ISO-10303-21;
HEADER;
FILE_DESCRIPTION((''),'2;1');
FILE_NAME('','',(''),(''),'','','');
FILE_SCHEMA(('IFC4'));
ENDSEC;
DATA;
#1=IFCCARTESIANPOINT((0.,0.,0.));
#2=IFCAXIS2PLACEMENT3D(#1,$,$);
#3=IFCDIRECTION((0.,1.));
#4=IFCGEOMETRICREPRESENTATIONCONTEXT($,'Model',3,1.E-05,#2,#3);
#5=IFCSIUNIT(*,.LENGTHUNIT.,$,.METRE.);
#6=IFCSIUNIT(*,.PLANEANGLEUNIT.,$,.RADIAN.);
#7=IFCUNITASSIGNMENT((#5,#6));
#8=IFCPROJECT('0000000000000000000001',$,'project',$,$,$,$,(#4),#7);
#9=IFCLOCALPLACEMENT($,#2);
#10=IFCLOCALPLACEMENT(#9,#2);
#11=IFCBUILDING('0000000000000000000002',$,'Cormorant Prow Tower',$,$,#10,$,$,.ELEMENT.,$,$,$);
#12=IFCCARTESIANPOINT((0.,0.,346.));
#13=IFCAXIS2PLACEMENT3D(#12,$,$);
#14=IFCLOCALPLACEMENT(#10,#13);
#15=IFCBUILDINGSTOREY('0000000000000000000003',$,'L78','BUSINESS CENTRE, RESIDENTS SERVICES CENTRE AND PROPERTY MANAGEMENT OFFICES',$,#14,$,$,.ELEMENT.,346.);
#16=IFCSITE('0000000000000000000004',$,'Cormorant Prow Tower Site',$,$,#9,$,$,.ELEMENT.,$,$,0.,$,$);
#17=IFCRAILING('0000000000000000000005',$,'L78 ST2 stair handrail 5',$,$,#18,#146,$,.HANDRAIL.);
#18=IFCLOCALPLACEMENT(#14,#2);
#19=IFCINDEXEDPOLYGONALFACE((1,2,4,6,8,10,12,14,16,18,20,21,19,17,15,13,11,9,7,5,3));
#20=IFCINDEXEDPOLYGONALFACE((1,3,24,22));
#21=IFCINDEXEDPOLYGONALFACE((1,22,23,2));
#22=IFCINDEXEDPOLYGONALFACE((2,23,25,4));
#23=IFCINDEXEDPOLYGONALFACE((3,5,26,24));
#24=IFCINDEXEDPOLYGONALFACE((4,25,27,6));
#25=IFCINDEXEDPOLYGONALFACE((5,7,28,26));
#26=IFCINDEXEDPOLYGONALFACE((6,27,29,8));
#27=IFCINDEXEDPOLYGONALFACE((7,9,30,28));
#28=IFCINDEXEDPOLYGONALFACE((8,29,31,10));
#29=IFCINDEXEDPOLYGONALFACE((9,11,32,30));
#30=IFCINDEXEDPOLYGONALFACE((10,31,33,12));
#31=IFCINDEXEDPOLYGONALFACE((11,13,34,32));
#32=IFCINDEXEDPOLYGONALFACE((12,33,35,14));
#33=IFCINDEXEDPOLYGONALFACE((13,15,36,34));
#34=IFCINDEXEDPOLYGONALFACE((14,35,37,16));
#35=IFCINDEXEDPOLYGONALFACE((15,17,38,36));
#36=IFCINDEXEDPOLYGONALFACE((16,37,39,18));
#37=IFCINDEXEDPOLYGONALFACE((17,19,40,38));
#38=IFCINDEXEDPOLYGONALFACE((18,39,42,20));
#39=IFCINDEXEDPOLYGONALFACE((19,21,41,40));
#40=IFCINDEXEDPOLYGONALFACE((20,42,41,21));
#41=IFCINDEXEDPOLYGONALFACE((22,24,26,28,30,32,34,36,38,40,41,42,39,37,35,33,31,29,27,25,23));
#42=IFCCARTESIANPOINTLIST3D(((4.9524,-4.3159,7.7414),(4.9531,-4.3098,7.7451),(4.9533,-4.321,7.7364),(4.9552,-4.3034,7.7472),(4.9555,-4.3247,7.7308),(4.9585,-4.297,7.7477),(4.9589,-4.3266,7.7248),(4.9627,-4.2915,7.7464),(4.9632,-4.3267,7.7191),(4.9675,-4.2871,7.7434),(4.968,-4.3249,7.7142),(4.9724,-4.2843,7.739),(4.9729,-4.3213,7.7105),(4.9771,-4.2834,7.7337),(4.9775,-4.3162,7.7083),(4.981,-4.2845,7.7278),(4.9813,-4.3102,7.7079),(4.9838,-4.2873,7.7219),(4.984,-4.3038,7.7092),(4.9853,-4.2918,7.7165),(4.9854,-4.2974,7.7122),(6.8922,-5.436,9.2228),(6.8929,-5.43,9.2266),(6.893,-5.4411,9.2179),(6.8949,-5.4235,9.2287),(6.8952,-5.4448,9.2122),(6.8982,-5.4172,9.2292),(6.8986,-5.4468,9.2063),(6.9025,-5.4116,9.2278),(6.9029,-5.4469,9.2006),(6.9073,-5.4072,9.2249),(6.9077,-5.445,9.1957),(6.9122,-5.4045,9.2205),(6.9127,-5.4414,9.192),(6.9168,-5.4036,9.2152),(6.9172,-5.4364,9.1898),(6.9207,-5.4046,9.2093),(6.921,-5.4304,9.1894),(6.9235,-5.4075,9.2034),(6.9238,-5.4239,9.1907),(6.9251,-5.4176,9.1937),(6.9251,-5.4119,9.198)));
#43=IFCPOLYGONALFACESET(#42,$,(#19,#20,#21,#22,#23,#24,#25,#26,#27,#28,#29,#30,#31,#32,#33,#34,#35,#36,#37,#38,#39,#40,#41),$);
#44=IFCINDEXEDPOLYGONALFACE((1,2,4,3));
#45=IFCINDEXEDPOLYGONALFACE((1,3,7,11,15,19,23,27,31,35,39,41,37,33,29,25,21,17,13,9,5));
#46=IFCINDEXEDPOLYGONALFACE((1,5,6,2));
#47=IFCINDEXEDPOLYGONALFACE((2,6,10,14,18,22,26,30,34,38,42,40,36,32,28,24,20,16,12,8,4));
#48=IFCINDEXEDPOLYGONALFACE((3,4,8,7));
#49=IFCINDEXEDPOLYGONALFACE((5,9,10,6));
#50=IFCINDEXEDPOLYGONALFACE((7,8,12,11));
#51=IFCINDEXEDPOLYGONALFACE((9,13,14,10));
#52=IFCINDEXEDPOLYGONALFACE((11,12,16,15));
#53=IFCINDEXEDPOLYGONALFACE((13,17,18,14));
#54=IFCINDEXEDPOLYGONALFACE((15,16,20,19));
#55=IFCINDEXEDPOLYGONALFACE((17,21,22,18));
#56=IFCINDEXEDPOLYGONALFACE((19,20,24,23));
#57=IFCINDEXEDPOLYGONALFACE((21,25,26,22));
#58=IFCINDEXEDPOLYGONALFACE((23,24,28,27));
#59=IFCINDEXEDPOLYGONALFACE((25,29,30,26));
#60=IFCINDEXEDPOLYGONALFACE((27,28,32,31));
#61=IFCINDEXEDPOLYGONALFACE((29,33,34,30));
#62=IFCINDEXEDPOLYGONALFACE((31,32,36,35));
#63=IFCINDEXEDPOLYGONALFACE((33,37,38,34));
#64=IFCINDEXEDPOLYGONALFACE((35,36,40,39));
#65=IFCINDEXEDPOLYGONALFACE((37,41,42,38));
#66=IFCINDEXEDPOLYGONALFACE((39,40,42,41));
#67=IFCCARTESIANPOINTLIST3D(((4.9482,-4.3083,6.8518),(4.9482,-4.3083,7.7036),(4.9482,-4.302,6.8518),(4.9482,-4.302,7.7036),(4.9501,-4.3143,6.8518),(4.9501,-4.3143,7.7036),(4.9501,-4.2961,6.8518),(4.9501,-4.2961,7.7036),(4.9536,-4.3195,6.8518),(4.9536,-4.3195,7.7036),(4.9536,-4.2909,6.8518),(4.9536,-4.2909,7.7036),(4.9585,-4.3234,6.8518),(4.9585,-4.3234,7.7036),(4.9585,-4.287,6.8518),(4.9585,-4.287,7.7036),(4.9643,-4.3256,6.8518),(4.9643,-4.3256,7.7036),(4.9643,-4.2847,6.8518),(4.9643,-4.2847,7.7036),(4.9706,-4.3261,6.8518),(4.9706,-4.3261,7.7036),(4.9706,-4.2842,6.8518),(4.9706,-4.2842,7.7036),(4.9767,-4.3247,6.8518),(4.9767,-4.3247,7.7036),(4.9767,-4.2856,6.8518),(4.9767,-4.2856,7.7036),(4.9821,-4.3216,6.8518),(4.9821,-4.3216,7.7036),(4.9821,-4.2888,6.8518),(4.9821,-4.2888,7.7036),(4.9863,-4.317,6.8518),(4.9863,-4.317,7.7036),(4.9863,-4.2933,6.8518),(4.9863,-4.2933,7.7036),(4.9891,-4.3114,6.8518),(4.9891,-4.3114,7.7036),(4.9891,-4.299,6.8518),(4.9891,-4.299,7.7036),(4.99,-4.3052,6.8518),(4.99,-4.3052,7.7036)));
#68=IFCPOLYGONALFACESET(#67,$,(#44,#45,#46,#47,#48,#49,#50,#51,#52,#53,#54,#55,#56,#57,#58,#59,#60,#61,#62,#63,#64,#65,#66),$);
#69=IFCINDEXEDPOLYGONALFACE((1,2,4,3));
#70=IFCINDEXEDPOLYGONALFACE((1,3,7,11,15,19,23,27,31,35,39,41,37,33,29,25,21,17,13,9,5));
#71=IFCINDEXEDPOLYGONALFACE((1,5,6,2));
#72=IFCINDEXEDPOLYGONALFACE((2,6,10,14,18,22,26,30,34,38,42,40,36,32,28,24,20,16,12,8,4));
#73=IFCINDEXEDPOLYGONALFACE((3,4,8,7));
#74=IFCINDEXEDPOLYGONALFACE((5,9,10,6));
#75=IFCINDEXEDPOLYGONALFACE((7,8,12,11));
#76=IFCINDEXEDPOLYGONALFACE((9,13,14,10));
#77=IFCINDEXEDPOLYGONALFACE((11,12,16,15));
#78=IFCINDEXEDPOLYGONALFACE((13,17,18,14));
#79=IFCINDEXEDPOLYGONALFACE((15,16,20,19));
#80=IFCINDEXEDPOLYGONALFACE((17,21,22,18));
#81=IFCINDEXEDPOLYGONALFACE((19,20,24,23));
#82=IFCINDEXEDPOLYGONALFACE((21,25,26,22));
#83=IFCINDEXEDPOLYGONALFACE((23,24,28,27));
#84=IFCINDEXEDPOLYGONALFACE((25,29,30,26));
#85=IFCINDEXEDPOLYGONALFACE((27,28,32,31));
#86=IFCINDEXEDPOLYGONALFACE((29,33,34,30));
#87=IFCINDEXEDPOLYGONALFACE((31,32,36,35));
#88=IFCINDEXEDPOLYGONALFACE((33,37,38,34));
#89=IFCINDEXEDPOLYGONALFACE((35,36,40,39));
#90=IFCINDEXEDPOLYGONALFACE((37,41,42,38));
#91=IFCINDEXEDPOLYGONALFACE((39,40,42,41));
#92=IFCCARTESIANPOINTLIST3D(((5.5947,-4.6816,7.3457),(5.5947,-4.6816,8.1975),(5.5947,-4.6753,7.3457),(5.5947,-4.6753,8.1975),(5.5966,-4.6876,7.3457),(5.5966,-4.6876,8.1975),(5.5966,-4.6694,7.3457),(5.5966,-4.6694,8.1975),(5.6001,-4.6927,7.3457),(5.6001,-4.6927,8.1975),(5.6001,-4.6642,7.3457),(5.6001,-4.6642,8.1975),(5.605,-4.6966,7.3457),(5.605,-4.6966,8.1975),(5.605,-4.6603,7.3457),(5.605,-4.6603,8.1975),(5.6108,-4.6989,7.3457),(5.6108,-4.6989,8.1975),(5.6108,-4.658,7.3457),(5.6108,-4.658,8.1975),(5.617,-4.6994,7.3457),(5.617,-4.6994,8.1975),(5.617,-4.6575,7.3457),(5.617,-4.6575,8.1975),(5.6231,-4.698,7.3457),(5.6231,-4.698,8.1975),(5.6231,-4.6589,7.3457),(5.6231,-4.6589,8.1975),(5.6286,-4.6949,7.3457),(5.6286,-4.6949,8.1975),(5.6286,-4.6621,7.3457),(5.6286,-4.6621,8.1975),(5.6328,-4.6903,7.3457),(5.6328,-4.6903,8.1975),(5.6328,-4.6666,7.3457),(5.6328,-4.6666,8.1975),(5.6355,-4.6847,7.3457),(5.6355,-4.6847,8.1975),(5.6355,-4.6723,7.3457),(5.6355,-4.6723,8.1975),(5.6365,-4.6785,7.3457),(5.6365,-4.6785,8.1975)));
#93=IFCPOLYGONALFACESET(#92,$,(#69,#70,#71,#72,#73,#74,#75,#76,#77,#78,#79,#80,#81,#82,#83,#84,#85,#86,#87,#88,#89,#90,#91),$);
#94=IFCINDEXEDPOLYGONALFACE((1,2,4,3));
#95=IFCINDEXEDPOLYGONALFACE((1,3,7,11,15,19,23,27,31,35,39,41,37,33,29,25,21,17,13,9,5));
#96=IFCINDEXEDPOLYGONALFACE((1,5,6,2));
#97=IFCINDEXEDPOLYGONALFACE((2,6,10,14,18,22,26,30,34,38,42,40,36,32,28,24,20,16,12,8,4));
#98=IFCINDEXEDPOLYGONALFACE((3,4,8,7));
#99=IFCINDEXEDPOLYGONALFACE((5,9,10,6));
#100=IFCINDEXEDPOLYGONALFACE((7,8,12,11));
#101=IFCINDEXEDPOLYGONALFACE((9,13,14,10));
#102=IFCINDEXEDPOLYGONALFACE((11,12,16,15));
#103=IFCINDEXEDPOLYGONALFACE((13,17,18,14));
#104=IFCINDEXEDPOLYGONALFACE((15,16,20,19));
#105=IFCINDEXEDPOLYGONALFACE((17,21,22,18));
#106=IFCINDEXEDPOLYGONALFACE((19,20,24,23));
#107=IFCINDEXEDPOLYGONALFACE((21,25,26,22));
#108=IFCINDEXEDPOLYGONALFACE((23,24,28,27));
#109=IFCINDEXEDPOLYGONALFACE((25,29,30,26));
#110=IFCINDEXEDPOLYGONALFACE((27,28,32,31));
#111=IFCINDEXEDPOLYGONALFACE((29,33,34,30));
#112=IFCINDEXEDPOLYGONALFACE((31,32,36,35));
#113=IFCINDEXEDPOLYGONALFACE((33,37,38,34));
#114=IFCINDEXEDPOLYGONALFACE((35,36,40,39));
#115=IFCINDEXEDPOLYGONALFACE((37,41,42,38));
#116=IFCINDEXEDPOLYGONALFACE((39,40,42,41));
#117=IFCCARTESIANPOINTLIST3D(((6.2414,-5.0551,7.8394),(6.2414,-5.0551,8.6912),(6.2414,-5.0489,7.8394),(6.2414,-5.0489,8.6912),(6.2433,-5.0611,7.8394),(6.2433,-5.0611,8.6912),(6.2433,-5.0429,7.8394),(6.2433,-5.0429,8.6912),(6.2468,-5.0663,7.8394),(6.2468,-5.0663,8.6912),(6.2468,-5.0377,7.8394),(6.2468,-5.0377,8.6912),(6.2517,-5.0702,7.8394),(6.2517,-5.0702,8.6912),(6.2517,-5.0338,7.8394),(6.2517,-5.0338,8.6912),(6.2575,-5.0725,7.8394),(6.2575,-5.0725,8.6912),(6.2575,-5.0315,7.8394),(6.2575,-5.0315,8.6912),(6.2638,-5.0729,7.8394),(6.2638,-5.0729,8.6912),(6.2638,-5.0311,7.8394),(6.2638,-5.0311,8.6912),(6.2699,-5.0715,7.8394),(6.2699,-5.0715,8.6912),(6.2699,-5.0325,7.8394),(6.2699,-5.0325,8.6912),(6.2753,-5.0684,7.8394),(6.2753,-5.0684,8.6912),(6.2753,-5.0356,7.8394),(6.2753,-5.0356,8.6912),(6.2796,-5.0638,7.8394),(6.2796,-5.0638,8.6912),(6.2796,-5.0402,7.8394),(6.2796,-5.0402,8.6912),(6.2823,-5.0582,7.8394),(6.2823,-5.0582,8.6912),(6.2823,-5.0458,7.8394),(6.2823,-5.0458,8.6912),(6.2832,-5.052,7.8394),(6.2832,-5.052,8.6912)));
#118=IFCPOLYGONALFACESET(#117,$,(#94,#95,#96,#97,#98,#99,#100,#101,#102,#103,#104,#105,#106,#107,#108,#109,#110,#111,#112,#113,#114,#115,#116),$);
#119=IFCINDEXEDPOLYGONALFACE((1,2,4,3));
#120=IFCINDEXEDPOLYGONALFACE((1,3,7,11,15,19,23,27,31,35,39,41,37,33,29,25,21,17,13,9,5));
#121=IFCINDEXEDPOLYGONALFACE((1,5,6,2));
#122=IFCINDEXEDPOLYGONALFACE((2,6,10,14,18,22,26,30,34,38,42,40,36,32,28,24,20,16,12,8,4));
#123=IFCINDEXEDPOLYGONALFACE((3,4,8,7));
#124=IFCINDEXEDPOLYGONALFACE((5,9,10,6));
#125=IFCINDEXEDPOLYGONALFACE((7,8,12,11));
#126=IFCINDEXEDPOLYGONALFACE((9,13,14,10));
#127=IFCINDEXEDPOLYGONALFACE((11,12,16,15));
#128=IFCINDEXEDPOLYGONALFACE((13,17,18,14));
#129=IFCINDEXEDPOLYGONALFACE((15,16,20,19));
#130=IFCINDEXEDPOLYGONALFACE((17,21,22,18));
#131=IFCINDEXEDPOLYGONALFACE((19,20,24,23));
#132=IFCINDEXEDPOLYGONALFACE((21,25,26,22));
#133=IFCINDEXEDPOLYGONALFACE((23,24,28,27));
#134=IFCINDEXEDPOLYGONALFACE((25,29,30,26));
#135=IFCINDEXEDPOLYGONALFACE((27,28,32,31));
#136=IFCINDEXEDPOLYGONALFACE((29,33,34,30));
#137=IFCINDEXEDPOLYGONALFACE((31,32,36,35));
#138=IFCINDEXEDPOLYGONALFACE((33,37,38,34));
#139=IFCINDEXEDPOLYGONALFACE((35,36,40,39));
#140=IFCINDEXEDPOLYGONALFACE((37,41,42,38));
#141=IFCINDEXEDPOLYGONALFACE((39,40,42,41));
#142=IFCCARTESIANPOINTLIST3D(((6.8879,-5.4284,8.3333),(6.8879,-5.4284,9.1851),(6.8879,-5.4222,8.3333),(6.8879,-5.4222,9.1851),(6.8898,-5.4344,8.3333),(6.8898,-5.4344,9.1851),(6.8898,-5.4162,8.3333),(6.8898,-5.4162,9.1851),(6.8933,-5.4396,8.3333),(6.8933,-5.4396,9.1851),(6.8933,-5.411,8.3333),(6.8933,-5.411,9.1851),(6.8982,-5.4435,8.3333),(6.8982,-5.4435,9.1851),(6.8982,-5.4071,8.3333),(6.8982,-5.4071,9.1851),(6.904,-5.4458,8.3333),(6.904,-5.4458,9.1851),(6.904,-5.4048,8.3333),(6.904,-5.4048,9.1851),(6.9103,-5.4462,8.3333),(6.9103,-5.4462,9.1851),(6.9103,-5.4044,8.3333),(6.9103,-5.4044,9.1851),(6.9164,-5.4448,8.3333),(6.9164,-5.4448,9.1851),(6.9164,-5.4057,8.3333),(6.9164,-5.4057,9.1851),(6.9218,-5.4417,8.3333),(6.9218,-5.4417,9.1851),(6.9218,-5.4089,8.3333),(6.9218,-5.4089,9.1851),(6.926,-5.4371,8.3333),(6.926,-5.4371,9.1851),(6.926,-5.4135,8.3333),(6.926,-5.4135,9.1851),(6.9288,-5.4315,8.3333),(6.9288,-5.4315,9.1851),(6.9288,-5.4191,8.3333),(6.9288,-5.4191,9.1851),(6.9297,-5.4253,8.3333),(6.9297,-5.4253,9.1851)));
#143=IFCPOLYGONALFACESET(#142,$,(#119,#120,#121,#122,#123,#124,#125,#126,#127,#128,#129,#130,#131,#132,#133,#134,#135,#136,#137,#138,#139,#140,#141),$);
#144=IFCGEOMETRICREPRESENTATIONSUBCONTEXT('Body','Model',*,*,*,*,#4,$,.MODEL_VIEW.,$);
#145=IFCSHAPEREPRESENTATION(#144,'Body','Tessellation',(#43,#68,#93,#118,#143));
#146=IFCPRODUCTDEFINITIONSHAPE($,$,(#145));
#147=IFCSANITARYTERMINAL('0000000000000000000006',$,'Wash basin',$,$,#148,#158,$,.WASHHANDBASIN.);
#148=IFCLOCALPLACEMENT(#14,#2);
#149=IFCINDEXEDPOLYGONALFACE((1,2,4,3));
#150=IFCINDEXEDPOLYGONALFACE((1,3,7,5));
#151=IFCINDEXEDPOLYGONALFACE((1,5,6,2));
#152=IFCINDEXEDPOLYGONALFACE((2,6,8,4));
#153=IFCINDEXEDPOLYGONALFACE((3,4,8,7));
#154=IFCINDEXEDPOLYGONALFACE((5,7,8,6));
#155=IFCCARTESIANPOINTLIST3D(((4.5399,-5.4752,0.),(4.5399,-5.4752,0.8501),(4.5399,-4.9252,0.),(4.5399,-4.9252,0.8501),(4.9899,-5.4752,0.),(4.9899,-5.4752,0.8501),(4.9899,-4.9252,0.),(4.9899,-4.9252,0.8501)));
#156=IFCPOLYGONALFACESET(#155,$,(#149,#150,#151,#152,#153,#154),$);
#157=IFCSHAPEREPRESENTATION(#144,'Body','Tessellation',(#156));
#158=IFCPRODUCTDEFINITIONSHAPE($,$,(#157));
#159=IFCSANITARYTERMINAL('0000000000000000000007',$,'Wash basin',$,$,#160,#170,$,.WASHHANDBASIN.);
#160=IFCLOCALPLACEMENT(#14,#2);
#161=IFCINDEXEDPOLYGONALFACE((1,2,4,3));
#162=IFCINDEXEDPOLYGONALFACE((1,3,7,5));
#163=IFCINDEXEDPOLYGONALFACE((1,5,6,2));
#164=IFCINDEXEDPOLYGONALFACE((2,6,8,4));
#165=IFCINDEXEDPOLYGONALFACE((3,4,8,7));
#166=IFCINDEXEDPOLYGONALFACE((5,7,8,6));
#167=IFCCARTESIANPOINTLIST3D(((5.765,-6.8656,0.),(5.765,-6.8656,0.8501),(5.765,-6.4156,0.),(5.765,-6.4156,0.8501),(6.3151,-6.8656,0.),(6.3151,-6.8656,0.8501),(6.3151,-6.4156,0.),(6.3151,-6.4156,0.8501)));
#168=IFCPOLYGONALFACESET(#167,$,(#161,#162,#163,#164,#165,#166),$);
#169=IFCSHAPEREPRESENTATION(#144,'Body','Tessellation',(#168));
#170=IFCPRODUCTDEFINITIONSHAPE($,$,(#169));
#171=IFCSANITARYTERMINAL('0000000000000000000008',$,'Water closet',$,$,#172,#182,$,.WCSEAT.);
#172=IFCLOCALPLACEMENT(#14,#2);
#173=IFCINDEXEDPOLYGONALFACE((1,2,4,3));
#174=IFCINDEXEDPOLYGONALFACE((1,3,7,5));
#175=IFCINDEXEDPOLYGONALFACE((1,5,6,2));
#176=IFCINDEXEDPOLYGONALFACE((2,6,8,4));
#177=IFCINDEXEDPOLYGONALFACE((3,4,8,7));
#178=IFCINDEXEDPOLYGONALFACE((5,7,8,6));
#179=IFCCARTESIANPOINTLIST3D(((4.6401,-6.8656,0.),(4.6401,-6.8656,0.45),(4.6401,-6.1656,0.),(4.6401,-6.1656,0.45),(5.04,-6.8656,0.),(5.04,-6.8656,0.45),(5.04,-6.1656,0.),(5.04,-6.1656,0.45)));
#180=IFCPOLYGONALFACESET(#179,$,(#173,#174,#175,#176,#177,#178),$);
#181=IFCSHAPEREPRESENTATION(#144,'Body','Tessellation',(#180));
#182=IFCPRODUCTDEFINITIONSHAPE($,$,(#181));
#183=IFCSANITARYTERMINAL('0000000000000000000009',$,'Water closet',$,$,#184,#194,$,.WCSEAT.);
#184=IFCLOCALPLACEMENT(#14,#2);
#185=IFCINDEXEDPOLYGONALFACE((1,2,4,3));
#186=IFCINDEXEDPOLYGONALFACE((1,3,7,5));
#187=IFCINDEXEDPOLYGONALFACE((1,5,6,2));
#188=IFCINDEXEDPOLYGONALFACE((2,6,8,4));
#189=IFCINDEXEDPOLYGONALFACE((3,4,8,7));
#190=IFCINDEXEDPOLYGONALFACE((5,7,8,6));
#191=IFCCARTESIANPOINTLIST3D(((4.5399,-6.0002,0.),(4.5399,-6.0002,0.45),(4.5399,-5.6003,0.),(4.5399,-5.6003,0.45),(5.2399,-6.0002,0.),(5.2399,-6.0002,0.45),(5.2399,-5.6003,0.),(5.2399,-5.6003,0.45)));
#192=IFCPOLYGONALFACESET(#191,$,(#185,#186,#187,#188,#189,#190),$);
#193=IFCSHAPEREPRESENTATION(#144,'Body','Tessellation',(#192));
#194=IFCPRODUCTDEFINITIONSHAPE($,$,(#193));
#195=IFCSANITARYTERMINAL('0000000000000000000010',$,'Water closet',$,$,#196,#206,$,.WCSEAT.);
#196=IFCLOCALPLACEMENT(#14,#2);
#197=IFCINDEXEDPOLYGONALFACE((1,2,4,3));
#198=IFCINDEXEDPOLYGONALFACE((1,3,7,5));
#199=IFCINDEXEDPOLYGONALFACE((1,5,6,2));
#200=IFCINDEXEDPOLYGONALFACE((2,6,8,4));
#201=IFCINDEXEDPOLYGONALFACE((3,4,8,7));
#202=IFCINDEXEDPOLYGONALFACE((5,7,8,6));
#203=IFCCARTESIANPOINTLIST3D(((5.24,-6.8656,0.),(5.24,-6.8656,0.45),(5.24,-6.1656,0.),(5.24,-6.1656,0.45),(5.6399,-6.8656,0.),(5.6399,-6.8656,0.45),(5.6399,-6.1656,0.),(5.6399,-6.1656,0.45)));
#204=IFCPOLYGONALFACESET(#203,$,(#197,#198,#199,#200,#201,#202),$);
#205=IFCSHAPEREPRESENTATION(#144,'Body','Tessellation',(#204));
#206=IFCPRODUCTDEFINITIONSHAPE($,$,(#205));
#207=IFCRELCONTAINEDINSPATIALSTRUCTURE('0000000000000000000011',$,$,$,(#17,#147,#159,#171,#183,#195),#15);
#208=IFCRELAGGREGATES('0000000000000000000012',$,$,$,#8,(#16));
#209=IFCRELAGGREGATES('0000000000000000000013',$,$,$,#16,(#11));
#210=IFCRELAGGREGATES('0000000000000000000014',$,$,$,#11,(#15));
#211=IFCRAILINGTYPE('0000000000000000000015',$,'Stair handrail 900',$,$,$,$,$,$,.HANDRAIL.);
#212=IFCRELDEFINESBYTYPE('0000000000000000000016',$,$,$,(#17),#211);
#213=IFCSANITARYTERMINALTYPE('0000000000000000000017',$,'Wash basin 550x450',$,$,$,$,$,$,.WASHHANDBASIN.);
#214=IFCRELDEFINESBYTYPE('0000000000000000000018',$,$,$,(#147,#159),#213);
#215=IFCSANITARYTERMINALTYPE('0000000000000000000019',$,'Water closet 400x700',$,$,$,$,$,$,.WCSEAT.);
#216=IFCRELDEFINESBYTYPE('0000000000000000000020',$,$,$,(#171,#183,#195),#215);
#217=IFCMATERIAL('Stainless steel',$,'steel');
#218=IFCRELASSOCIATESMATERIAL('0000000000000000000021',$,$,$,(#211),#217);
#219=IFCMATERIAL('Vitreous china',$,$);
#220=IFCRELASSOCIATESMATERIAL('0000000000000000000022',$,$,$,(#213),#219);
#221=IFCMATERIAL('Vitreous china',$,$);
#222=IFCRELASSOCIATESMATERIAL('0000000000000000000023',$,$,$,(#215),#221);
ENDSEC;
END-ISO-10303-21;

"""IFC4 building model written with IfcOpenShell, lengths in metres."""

from ifc_helpers import new_model, si_unit, direction, frame, origin, origin_2d, place, context, subcontext, project, spatial, rectangle, circle, extrude, material, type_object, element, save


model = new_model("IFC4")

# Units and contexts
model_context = context("Model", 3, precision=1e-05, world=origin(), true_north=direction((0.0, 1.0)))
body_context = subcontext(model_context, "Body", "Model", "MODEL_VIEW")
ifc_project = project(units=[si_unit("LENGTHUNIT", "METRE"), si_unit("PLANEANGLEUNIT", "RADIAN")], contexts=[model_context])

# Site, building, storey
site_placement = place(None, origin())
site = spatial("IfcSite", under=ifc_project, at=site_placement, Name="Cormorant Prow Tower Site", CompositionType="ELEMENT", RefElevation=0.0)
building_placement = place(site_placement, origin())
building = spatial("IfcBuilding", under=site, at=building_placement, Name="Cormorant Prow Tower", CompositionType="ELEMENT")
storey_placement = place(building_placement, frame((0.0, 0.0, 346.0)))
storey = spatial("IfcBuildingStorey", under=building, at=storey_placement, Name="L78", Description="BUSINESS CENTRE, RESIDENTS SERVICES CENTRE AND PROPERTY MANAGEMENT OFFICES", CompositionType="ELEMENT", Elevation=346.0)

# Railing
ifc_material_1 = material(Name="Stainless steel", Category="steel")
railing_type_1 = type_object("IfcRailingType", Name="Stair handrail 900", PredefinedType="HANDRAIL", material=ifc_material_1)
for number, where, name in (
    (1, (4.969, -4.3052, 6.8518), "L78 ST2 stair handrail 5"),
):
    element("IfcRailing", number, at=place(storey_placement, frame(where)), inside=storey, type_object=railing_type_1, Name=name, PredefinedType="HANDRAIL", context=body_context, shape_type="SweptSolid", body=[
        extrude(circle(Radius=0.0239, at=origin_2d()), frame((0.0, 0.0, 0.876), z_axis=(0.722292, -0.417102, 0.551651), x_axis=(0.500078, 0.86598, 0.0)), (0.0, 0.0, 1.0), 2.6855),
        extrude(circle(Radius=0.021, at=origin_2d()), origin(), (0.0, 0.0, 1.0), 0.8518),
        extrude(circle(Radius=0.021, at=origin_2d()), frame((0.6465, -0.3733, 0.4939)), (0.0, 0.0, 1.0), 0.8518),
        extrude(circle(Radius=0.021, at=origin_2d()), frame((1.2932, -0.7468, 0.9875)), (0.0, 0.0, 1.0), 0.8518),
        extrude(circle(Radius=0.021, at=origin_2d()), frame((1.9397, -1.1201, 1.4814)), (0.0, 0.0, 1.0), 0.8518),
    ])

# Sanitary terminals
ifc_material_2 = material(Name="Vitreous china")
sanitary_terminal_type_1 = type_object("IfcSanitaryTerminalType", Name="Wash basin 550x450", PredefinedType="WASHHANDBASIN", material=ifc_material_2)
for number, where, z_axis, x_axis, name in (
    (2, (4.7649, -5.2002, 0.0), (0.0, 0.0, 1.0), (0.0, -1.0, 0.0), "Wash basin"),
    (3, (6.04, -6.6406, 0.0), (0.0, 0.0, 1.0), (1.0, 0.0, 0.0), "Wash basin"),
):
    element("IfcSanitaryTerminal", number, at=place(storey_placement, frame(where, z_axis=z_axis, x_axis=x_axis)), inside=storey, type_object=sanitary_terminal_type_1, Name=name, PredefinedType="WASHHANDBASIN", context=body_context, shape_type="SweptSolid", body=[
        extrude(rectangle(XDim=0.55, YDim=0.45, at=origin_2d()), origin(), (0.0, 0.0, 1.0), 0.8501),
    ])
ifc_material_3 = material(Name="Vitreous china")
sanitary_terminal_type_2 = type_object("IfcSanitaryTerminalType", Name="Water closet 400x700", PredefinedType="WCSEAT", material=ifc_material_3)
for number, where, z_axis, x_axis, name in (
    (4, (4.8401, -6.5156, 0.0), (0.0, 0.0, 1.0), (1.0, 0.0, 0.0), "Water closet"),
    (5, (4.8899, -5.8003, 0.0), (0.0, 0.0, 1.0), (0.0, -1.0, 0.0), "Water closet"),
    (6, (5.4399, -6.5156, 0.0), (0.0, 0.0, 1.0), (1.0, 0.0, 0.0), "Water closet"),
):
    element("IfcSanitaryTerminal", number, at=place(storey_placement, frame(where, z_axis=z_axis, x_axis=x_axis)), inside=storey, type_object=sanitary_terminal_type_2, Name=name, PredefinedType="WCSEAT", context=body_context, shape_type="SweptSolid", body=[
        extrude(rectangle(XDim=0.3999, YDim=0.7, at=origin_2d()), origin(), (0.0, 0.0, 1.0), 0.45),
    ])

save(model, "model.ifc")
